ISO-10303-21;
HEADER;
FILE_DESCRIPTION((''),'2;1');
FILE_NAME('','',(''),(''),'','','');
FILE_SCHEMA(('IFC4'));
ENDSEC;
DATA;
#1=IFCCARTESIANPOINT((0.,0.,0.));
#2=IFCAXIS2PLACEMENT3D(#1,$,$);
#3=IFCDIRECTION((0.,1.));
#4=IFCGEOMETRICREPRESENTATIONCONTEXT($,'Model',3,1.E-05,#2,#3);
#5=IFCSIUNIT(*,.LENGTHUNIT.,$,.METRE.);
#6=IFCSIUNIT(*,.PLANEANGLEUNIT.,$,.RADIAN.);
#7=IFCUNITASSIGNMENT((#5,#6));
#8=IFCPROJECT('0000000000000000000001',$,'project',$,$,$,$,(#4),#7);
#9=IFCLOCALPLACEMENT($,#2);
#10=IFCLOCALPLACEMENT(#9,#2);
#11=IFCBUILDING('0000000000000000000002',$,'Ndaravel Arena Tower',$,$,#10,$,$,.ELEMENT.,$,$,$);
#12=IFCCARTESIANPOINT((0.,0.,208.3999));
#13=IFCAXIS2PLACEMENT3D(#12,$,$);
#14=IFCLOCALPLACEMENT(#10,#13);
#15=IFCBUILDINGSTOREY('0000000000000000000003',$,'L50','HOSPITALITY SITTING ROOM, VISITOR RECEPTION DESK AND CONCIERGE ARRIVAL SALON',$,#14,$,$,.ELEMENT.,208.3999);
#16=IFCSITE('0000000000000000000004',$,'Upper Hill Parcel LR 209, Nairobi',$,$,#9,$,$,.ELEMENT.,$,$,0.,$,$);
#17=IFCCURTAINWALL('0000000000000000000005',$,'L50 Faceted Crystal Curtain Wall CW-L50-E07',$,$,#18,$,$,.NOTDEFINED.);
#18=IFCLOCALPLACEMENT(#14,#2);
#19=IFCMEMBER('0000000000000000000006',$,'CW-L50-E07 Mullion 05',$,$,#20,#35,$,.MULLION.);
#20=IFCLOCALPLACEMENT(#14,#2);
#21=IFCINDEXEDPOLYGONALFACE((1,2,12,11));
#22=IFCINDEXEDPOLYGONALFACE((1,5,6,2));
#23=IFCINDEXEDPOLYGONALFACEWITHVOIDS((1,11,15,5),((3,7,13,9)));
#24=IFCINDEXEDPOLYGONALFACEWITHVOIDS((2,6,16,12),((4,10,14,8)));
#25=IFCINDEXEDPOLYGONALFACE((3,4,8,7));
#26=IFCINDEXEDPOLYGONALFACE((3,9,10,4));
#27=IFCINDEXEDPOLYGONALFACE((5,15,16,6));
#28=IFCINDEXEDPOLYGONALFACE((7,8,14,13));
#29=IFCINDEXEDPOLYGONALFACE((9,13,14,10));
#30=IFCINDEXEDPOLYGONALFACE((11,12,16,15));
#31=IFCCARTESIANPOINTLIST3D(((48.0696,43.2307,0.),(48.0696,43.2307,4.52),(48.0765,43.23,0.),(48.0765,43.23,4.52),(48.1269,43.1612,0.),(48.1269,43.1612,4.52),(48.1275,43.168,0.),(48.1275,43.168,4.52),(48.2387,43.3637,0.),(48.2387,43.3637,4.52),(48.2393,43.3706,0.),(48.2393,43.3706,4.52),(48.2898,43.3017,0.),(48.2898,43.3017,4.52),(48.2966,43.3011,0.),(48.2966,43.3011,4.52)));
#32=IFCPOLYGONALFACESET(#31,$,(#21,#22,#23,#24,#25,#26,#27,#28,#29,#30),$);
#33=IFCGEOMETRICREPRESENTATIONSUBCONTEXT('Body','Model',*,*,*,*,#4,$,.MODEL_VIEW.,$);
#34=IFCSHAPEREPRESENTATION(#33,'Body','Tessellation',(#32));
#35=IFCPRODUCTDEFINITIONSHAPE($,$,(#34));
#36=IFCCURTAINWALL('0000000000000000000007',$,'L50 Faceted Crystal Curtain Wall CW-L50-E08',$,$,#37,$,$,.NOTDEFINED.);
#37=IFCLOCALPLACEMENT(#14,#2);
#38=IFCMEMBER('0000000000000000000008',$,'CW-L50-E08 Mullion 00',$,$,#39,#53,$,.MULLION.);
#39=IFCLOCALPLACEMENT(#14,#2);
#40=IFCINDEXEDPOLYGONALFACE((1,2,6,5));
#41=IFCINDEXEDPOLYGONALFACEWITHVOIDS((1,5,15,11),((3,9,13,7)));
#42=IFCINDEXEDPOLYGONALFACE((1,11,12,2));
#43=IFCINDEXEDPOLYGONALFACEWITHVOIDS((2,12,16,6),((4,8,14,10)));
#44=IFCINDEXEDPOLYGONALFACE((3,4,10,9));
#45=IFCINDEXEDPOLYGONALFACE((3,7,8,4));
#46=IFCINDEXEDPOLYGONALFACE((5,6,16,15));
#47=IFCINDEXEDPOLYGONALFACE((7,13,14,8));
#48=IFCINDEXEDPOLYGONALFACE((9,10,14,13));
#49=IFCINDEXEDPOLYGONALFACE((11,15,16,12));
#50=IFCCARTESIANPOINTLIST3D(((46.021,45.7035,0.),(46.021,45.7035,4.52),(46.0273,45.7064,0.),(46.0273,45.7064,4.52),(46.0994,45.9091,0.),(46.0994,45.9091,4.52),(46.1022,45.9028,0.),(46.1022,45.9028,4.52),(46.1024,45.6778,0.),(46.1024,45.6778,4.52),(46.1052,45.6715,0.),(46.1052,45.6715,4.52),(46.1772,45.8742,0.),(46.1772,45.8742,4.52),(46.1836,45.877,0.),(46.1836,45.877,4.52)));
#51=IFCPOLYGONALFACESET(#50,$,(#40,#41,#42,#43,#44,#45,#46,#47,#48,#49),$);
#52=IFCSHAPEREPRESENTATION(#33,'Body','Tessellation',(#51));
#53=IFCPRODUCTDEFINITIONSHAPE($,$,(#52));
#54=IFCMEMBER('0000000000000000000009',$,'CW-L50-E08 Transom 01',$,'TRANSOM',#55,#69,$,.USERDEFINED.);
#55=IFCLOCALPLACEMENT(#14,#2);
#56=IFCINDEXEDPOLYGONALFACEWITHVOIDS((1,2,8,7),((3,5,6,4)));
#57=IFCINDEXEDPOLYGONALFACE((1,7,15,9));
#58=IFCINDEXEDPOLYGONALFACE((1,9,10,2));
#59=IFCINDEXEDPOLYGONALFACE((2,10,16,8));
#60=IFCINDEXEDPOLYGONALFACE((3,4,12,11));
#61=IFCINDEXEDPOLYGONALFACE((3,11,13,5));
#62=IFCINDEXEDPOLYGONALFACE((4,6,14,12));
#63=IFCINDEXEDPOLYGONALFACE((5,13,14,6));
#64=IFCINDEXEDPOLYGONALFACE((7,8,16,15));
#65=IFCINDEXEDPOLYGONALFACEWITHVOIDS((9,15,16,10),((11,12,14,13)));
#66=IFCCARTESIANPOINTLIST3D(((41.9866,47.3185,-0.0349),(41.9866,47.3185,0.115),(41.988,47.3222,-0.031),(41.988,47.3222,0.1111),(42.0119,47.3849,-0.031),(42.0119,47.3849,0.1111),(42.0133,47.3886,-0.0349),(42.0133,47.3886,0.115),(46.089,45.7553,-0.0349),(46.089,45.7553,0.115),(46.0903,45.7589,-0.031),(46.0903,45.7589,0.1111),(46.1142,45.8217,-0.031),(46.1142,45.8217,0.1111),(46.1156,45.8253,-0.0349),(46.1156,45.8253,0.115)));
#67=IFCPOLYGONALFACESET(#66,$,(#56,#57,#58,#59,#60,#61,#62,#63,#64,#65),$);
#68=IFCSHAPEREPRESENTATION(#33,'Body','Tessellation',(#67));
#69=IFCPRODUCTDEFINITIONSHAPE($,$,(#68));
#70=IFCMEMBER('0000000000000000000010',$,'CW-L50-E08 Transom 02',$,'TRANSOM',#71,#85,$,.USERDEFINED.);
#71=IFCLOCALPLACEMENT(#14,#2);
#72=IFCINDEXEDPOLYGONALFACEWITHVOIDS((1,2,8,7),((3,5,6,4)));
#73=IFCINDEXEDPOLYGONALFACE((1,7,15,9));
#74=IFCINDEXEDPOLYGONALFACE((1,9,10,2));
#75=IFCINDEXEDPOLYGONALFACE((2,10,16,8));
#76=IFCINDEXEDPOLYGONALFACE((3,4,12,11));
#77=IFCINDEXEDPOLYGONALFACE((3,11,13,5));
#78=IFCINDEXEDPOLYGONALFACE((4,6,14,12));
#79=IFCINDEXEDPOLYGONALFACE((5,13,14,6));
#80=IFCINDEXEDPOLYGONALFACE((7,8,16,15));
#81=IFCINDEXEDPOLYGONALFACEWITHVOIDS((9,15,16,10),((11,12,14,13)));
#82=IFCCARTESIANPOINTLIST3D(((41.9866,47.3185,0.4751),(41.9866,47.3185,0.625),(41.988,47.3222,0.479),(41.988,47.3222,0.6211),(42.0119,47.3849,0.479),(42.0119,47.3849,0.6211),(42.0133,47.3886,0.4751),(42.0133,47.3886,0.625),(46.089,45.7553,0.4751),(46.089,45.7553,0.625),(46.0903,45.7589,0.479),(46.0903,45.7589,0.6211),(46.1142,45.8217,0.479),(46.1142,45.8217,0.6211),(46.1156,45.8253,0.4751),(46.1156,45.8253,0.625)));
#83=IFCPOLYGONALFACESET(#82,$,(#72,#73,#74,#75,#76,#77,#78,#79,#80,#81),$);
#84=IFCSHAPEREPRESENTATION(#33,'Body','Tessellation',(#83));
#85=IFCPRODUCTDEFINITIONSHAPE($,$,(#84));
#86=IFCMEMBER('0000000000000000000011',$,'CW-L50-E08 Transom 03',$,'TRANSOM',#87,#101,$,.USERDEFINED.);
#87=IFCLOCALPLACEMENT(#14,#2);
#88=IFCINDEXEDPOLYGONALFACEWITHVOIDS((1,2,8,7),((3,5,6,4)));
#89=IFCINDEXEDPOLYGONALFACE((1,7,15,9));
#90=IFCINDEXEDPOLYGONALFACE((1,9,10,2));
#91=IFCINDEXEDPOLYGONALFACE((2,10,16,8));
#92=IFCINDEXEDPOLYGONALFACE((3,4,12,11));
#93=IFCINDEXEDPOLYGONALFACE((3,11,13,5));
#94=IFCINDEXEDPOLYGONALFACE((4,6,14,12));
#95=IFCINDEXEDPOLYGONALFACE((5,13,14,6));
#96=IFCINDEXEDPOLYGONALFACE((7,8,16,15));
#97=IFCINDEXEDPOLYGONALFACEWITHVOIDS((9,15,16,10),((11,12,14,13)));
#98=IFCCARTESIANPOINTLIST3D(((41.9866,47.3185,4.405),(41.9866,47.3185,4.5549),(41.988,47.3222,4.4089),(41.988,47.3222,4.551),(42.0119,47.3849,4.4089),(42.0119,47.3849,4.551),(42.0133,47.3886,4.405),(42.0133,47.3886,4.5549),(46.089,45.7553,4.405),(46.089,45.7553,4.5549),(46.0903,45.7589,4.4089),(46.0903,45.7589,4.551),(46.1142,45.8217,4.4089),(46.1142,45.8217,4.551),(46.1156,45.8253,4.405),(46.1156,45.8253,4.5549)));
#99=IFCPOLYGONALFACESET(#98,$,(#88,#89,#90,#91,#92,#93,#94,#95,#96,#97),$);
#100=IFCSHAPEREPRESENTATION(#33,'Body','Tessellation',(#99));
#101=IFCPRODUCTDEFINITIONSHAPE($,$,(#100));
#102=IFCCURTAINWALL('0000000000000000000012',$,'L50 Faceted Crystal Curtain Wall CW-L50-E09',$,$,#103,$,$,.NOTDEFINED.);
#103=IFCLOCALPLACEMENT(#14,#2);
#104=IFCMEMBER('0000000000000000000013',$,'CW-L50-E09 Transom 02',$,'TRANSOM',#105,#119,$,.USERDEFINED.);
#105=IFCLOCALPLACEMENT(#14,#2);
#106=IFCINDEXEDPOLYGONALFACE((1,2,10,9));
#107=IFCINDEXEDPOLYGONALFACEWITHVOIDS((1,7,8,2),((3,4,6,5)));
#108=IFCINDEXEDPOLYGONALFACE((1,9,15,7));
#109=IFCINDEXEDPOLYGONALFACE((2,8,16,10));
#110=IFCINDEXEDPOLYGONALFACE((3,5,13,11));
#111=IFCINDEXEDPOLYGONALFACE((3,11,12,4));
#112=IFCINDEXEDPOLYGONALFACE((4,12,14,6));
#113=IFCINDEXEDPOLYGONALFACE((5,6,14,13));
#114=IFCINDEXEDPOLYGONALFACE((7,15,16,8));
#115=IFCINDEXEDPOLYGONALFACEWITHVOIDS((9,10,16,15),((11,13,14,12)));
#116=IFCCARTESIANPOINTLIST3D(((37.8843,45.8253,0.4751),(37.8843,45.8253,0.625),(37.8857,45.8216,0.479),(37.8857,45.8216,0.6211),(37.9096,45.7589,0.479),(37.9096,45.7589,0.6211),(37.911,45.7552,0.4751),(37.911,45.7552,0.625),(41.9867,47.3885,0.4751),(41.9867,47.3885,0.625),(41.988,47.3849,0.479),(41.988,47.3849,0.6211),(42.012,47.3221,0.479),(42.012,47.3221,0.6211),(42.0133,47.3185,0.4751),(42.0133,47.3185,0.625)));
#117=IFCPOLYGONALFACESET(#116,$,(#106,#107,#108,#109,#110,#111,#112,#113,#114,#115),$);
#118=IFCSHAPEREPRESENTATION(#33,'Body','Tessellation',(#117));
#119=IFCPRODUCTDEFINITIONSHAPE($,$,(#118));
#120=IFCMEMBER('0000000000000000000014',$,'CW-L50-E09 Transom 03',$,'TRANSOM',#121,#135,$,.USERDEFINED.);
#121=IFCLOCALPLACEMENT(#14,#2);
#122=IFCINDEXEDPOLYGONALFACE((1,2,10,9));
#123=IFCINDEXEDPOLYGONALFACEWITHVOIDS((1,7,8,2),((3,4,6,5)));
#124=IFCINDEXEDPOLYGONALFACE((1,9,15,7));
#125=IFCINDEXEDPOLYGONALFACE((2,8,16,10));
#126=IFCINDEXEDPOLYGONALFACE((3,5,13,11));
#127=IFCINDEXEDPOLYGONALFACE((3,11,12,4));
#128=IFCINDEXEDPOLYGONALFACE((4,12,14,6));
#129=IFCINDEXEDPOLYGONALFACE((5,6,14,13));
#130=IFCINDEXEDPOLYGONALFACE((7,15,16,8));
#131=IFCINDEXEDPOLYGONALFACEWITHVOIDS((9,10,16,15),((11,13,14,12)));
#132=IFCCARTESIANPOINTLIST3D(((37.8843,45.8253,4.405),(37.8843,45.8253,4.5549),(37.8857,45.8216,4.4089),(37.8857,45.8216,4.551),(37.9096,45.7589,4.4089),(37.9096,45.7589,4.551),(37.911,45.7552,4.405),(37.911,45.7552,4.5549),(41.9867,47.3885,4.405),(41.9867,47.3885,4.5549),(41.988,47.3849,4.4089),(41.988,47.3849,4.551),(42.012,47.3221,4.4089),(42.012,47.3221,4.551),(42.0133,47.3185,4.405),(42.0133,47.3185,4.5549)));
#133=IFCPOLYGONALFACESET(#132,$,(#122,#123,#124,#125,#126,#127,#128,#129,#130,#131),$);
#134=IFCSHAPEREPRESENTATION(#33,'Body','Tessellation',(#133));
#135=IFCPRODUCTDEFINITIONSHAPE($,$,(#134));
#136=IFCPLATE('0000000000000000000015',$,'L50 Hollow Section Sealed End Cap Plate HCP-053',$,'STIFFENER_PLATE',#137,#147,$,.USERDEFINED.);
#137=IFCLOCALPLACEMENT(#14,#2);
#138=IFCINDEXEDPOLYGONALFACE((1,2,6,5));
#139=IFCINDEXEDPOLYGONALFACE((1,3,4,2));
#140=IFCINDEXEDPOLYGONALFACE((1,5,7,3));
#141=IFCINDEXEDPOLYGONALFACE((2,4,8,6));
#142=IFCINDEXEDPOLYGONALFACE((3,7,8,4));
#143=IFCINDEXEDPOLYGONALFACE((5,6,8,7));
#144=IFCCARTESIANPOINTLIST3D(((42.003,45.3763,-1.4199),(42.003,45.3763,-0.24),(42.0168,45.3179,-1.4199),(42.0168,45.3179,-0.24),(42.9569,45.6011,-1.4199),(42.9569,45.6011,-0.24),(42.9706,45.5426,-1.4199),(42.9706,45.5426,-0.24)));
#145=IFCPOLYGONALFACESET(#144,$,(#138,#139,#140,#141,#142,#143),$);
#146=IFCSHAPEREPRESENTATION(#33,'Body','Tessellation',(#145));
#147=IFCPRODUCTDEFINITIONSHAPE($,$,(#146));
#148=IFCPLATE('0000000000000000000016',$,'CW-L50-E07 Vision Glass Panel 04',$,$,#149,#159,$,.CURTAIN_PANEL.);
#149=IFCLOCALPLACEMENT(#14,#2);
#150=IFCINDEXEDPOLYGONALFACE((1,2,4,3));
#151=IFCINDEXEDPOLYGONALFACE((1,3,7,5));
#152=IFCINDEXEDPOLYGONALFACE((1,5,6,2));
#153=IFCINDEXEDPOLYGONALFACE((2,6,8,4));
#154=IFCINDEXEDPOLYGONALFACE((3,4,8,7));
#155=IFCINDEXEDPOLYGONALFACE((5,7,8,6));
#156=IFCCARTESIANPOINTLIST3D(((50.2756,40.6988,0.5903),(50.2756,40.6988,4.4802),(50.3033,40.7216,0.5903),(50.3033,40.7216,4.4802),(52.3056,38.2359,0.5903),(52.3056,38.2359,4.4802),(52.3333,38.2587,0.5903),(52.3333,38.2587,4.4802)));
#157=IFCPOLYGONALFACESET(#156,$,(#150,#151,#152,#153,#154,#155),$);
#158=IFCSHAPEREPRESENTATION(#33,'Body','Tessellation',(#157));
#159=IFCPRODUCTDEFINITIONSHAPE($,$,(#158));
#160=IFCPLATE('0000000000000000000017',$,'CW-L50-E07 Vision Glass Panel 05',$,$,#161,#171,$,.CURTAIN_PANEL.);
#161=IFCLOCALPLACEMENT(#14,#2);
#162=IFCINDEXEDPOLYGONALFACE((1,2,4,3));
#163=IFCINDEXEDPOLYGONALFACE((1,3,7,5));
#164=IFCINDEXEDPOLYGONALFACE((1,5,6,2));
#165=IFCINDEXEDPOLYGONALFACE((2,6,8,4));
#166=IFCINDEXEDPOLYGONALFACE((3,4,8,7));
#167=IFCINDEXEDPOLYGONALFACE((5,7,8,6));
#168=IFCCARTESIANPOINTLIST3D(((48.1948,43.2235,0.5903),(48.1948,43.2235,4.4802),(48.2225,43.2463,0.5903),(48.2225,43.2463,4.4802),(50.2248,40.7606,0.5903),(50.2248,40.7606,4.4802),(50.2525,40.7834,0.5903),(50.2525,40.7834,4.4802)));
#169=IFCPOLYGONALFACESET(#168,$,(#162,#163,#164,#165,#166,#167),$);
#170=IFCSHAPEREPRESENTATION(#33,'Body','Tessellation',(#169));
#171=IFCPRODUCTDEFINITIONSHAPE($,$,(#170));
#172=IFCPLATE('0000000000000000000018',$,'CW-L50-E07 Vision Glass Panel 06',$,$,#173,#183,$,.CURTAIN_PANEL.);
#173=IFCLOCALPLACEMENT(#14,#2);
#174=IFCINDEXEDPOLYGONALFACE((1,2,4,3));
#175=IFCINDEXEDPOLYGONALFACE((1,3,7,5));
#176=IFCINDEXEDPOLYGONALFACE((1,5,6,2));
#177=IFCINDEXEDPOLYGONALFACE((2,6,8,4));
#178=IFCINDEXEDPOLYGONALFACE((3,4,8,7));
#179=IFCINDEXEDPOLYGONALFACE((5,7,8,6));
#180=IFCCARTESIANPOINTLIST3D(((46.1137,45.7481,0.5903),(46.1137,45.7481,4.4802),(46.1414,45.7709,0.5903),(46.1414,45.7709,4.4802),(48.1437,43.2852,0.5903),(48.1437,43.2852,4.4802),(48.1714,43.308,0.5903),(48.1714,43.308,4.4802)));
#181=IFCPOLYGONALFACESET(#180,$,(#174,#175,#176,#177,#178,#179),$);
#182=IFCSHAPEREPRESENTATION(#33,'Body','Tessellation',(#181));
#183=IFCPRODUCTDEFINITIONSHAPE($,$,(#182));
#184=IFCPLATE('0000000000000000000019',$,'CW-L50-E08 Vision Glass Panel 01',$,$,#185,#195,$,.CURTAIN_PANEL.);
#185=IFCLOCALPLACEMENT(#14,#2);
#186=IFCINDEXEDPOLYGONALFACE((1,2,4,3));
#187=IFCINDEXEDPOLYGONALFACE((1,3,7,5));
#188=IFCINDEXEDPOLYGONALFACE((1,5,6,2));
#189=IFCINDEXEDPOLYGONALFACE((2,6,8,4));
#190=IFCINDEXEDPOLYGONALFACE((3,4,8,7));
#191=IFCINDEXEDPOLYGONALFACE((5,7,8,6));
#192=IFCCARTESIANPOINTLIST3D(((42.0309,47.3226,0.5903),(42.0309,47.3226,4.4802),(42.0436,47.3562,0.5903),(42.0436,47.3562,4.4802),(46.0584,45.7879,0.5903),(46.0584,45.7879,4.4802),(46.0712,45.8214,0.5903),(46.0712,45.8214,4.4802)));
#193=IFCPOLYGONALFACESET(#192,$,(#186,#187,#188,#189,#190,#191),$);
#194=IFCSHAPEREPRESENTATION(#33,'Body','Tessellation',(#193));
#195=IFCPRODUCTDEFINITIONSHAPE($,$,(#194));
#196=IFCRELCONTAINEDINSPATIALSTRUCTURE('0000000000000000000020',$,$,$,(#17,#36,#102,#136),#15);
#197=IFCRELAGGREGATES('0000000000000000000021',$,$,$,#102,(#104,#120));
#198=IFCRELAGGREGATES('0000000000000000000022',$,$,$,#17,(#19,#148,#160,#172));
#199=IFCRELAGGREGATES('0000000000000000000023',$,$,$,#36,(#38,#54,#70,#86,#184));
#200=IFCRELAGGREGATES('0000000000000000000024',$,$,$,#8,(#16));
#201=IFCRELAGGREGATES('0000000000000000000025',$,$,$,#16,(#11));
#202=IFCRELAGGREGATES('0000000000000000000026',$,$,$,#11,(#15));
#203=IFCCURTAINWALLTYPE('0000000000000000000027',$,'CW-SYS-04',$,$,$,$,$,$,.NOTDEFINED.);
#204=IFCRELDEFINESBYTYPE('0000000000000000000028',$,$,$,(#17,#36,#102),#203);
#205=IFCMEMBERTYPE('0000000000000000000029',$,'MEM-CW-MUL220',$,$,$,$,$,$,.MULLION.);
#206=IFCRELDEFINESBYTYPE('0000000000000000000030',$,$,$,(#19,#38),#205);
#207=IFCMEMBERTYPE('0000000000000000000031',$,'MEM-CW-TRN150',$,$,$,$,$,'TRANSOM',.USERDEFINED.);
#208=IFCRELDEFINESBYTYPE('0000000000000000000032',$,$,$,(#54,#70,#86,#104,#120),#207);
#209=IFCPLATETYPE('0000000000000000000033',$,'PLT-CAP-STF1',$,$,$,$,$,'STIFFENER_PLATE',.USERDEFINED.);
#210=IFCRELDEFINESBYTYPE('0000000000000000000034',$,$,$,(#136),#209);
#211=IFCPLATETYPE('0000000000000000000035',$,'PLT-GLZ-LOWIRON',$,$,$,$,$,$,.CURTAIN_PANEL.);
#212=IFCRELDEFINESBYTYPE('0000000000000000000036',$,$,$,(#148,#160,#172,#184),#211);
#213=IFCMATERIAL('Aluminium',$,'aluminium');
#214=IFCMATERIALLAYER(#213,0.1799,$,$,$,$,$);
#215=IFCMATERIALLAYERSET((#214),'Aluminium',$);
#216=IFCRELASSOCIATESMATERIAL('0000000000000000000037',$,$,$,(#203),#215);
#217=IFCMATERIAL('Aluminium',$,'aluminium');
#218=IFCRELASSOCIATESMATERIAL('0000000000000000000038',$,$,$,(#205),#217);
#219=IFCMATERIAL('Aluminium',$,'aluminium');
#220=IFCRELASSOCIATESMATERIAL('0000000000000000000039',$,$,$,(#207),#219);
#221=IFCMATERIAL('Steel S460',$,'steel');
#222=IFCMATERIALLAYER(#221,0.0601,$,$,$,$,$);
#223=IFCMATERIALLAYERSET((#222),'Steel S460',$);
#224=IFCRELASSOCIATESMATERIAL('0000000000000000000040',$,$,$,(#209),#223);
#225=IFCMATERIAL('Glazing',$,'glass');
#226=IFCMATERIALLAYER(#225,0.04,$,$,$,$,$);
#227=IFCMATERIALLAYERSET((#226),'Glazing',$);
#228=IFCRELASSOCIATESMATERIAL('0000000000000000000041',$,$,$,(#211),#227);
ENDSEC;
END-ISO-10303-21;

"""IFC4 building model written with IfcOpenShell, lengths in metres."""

from ifc_helpers import new_model, si_unit, direction, frame, origin, origin_2d, place, context, subcontext, project, spatial, rectangle, hollow_rectangle, extrude, material, layer, layer_set, material_profile, profile_set, type_object, element, aggregate, save


model = new_model("IFC4")

# Units and contexts
model_context = context("Model", 3, precision=1e-05, world=origin(), true_north=direction((0.0, 1.0)))
body_context = subcontext(model_context, "Body", "Model", "MODEL_VIEW")
ifc_project = project(units=[si_unit("LENGTHUNIT", "METRE"), si_unit("PLANEANGLEUNIT", "RADIAN")], contexts=[model_context])

# Site, building, storey
site_placement = place(None, origin())
site = spatial("IfcSite", under=ifc_project, at=site_placement, Name="Upper Hill Parcel LR 209, Nairobi", CompositionType="ELEMENT", RefElevation=0.0)
building_placement = place(site_placement, origin())
building = spatial("IfcBuilding", under=site, at=building_placement, Name="Ndaravel Arena Tower", CompositionType="ELEMENT")
storey_placement = place(building_placement, frame((0.0, 0.0, 208.3999)))
storey = spatial("IfcBuildingStorey", under=building, at=storey_placement, Name="L50", Description="HOSPITALITY SITTING ROOM, VISITOR RECEPTION DESK AND CONCIERGE ARRIVAL SALON", CompositionType="ELEMENT", Elevation=208.3999)

# Curtain walls, members
ifc_material_1 = material(Name="Aluminium", Category="aluminium")
ifc_layer_1 = layer(ifc_material_1, 0.1799)
ifc_layer_set_1 = layer_set([ifc_layer_1], Name="Aluminium")
curtain_wall_type = type_object("IfcCurtainWallType", Name="CW-SYS-04", PredefinedType="NOTDEFINED", material=ifc_layer_set_1)
curtain_wall_1_placement = place(storey_placement, origin())
curtain_wall_1 = element("IfcCurtainWall", 1, at=curtain_wall_1_placement, inside=storey, type_object=curtain_wall_type, Name="L50 Faceted Crystal Curtain Wall CW-L50-E07", PredefinedType="NOTDEFINED")
ifc_material_2 = material(Name="Aluminium", Category="aluminium")
ifc_material_profile_1 = material_profile(ifc_material_2, hollow_rectangle(XDim=0.0901, YDim=0.22, WallThickness=0.0049, at=origin_2d()), Name="CW MULLION 90x220x5")
ifc_profile_set_1 = profile_set([ifc_material_profile_1], Name="Aluminium")
member_type_1 = type_object("IfcMemberType", Name="MEM-CW-MUL220", PredefinedType="MULLION", material=ifc_profile_set_1)
member_1_placement = place(storey_placement, frame((48.1831, 43.2659, 0.0), z_axis=(0.0, 0.0, 1.0), x_axis=(-0.636024, 0.771669, 0.0)))
member_1 = element("IfcMember", 2, at=member_1_placement, type_object=member_type_1, Name="CW-L50-E07 Mullion 05", PredefinedType="MULLION", context=body_context, shape_type="SweptSolid", body=[
    extrude(hollow_rectangle(XDim=0.0901, YDim=0.22, WallThickness=0.0049, at=origin_2d()), origin(), (0.0, 0.0, 1.0), 4.52),
])
curtain_wall_2_placement = place(storey_placement, origin())
curtain_wall_2 = element("IfcCurtainWall", 3, at=curtain_wall_2_placement, inside=storey, type_object=curtain_wall_type, Name="L50 Faceted Crystal Curtain Wall CW-L50-E08", PredefinedType="NOTDEFINED")
member_2_placement = place(storey_placement, frame((46.1023, 45.7903, 0.0), z_axis=(0.0, 0.0, 1.0), x_axis=(-0.934453, 0.356086, 0.0)))
member_2 = element("IfcMember", 4, at=member_2_placement, type_object=member_type_1, Name="CW-L50-E08 Mullion 00", PredefinedType="MULLION", context=body_context, shape_type="SweptSolid", body=[
    extrude(hollow_rectangle(XDim=0.0901, YDim=0.22, WallThickness=0.0049, at=origin_2d()), origin(), (0.0, 0.0, 1.0), 4.52),
])
ifc_material_3 = material(Name="Aluminium", Category="aluminium")
ifc_material_profile_2 = material_profile(ifc_material_3, hollow_rectangle(XDim=0.075, YDim=0.1499, WallThickness=0.0039, at=origin_2d()), Name="CW TRANSOM 75x150x4")
ifc_profile_set_2 = profile_set([ifc_material_profile_2], Name="Aluminium")
member_type_2 = type_object("IfcMemberType", Name="MEM-CW-TRN150", ElementType="TRANSOM", PredefinedType="USERDEFINED", material=ifc_profile_set_2)
member_3_placement = place(storey_placement, frame((46.1023, 45.7903, 0.04), z_axis=(-0.934453, 0.356086, 0.0), x_axis=(-0.356086, -0.934453, 0.0)))
member_3 = element("IfcMember", 5, at=member_3_placement, type_object=member_type_2, Name="CW-L50-E08 Transom 01", ObjectType="TRANSOM", PredefinedType="USERDEFINED", context=body_context, shape_type="SweptSolid", body=[
    extrude(hollow_rectangle(XDim=0.075, YDim=0.1499, WallThickness=0.0039, at=origin_2d()), origin(), (0.0, 0.0, 1.0), 4.3901),
])
member_4_placement = place(storey_placement, frame((46.1023, 45.7903, 0.55), z_axis=(-0.934453, 0.356086, 0.0), x_axis=(-0.356086, -0.934453, 0.0)))
member_4 = element("IfcMember", 6, at=member_4_placement, type_object=member_type_2, Name="CW-L50-E08 Transom 02", ObjectType="TRANSOM", PredefinedType="USERDEFINED", context=body_context, shape_type="SweptSolid", body=[
    extrude(hollow_rectangle(XDim=0.075, YDim=0.1499, WallThickness=0.0039, at=origin_2d()), origin(), (0.0, 0.0, 1.0), 4.3901),
])
member_5_placement = place(storey_placement, frame((46.1023, 45.7903, 4.48), z_axis=(-0.934453, 0.356086, 0.0), x_axis=(-0.356086, -0.934453, 0.0)))
member_5 = element("IfcMember", 7, at=member_5_placement, type_object=member_type_2, Name="CW-L50-E08 Transom 03", ObjectType="TRANSOM", PredefinedType="USERDEFINED", context=body_context, shape_type="SweptSolid", body=[
    extrude(hollow_rectangle(XDim=0.075, YDim=0.1499, WallThickness=0.0039, at=origin_2d()), origin(), (0.0, 0.0, 1.0), 4.3901),
])
curtain_wall_3_placement = place(storey_placement, origin())
curtain_wall_3 = element("IfcCurtainWall", 8, at=curtain_wall_3_placement, inside=storey, type_object=curtain_wall_type, Name="L50 Faceted Crystal Curtain Wall CW-L50-E09", PredefinedType="NOTDEFINED")
member_6_placement = place(storey_placement, frame((42.0, 47.3535, 0.55), z_axis=(-0.934453, -0.356086, 0.0), x_axis=(0.356086, -0.934453, 0.0)))
member_6 = element("IfcMember", 9, at=member_6_placement, type_object=member_type_2, Name="CW-L50-E09 Transom 02", ObjectType="TRANSOM", PredefinedType="USERDEFINED", context=body_context, shape_type="SweptSolid", body=[
    extrude(hollow_rectangle(XDim=0.075, YDim=0.1499, WallThickness=0.0039, at=origin_2d()), origin(), (0.0, 0.0, 1.0), 4.3901),
])
member_7_placement = place(storey_placement, frame((42.0, 47.3535, 4.48), z_axis=(-0.934453, -0.356086, 0.0), x_axis=(0.356086, -0.934453, 0.0)))
member_7 = element("IfcMember", 10, at=member_7_placement, type_object=member_type_2, Name="CW-L50-E09 Transom 03", ObjectType="TRANSOM", PredefinedType="USERDEFINED", context=body_context, shape_type="SweptSolid", body=[
    extrude(hollow_rectangle(XDim=0.075, YDim=0.1499, WallThickness=0.0039, at=origin_2d()), origin(), (0.0, 0.0, 1.0), 4.3901),
])
aggregate(curtain_wall_3, [member_6, member_7])

# Plates
ifc_material_4 = material(Name="Steel S460", Category="steel")
ifc_layer_2 = layer(ifc_material_4, 0.0601)
ifc_layer_set_2 = layer_set([ifc_layer_2], Name="Steel S460")
plate_type_1 = type_object("IfcPlateType", Name="PLT-CAP-STF1", ElementType="STIFFENER_PLATE", PredefinedType="USERDEFINED", material=ifc_layer_set_2)
plate_1_placement = place(storey_placement, frame((42.4868, 45.4595, -1.4199), z_axis=(0.0, 0.0, 1.0), x_axis=(-0.22937, 0.973339, 0.0)))
element("IfcPlate", 11, at=plate_1_placement, inside=storey, type_object=plate_type_1, Name="L50 Hollow Section Sealed End Cap Plate HCP-053", ObjectType="STIFFENER_PLATE", PredefinedType="USERDEFINED", context=body_context, shape_type="SweptSolid", body=[
    extrude(rectangle(XDim=0.0601, YDim=0.98, at=origin_2d()), origin(), (0.0, 0.0, 1.0), 1.1799),
])
ifc_material_5 = material(Name="Glazing", Category="glass")
ifc_layer_3 = layer(ifc_material_5, 0.04)
ifc_layer_set_3 = layer_set([ifc_layer_3], Name="Glazing")
plate_type_2 = type_object("IfcPlateType", Name="PLT-GLZ-LOWIRON", PredefinedType="CURTAIN_PANEL", material=ifc_layer_set_3)
plate_2_placement = place(storey_placement, frame((51.3044, 39.4788, 0.5903), z_axis=(0.0, 0.0, 1.0), x_axis=(-0.636024, 0.771669, 0.0)))
plate_2 = element("IfcPlate", 12, at=plate_2_placement, type_object=plate_type_2, Name="CW-L50-E07 Vision Glass Panel 04", PredefinedType="CURTAIN_PANEL", context=body_context, shape_type="SweptSolid", body=[
    extrude(rectangle(XDim=3.1917, YDim=0.0359, at=origin_2d()), origin(), (0.0, 0.0, 1.0), 3.8899),
])
plate_3_placement = place(storey_placement, frame((49.2236, 42.0034, 0.5903), z_axis=(0.0, 0.0, 1.0), x_axis=(-0.636024, 0.771669, 0.0)))
plate_3 = element("IfcPlate", 13, at=plate_3_placement, type_object=plate_type_2, Name="CW-L50-E07 Vision Glass Panel 05", PredefinedType="CURTAIN_PANEL", context=body_context, shape_type="SweptSolid", body=[
    extrude(rectangle(XDim=3.1917, YDim=0.0359, at=origin_2d()), origin(), (0.0, 0.0, 1.0), 3.8899),
])
plate_4_placement = place(storey_placement, frame((47.1426, 44.5281, 0.5903), z_axis=(0.0, 0.0, 1.0), x_axis=(-0.636024, 0.771669, 0.0)))
plate_4 = element("IfcPlate", 14, at=plate_4_placement, type_object=plate_type_2, Name="CW-L50-E07 Vision Glass Panel 06", PredefinedType="CURTAIN_PANEL", context=body_context, shape_type="SweptSolid", body=[
    extrude(rectangle(XDim=3.1917, YDim=0.0359, at=origin_2d()), origin(), (0.0, 0.0, 1.0), 3.8899),
])
plate_5_placement = place(storey_placement, frame((44.051, 46.572, 0.5903), z_axis=(0.0, 0.0, 1.0), x_axis=(-0.934453, 0.356086, 0.0)))
plate_5 = element("IfcPlate", 15, at=plate_5_placement, type_object=plate_type_2, Name="CW-L50-E08 Vision Glass Panel 01", PredefinedType="CURTAIN_PANEL", context=body_context, shape_type="SweptSolid", body=[
    extrude(rectangle(XDim=4.3101, YDim=0.0359, at=origin_2d()), origin(), (0.0, 0.0, 1.0), 3.8899),
])
aggregate(curtain_wall_1, [member_1, plate_2, plate_3, plate_4])
aggregate(curtain_wall_2, [member_2, member_3, member_4, member_5, plate_5])

save(model, "model.ifc")
